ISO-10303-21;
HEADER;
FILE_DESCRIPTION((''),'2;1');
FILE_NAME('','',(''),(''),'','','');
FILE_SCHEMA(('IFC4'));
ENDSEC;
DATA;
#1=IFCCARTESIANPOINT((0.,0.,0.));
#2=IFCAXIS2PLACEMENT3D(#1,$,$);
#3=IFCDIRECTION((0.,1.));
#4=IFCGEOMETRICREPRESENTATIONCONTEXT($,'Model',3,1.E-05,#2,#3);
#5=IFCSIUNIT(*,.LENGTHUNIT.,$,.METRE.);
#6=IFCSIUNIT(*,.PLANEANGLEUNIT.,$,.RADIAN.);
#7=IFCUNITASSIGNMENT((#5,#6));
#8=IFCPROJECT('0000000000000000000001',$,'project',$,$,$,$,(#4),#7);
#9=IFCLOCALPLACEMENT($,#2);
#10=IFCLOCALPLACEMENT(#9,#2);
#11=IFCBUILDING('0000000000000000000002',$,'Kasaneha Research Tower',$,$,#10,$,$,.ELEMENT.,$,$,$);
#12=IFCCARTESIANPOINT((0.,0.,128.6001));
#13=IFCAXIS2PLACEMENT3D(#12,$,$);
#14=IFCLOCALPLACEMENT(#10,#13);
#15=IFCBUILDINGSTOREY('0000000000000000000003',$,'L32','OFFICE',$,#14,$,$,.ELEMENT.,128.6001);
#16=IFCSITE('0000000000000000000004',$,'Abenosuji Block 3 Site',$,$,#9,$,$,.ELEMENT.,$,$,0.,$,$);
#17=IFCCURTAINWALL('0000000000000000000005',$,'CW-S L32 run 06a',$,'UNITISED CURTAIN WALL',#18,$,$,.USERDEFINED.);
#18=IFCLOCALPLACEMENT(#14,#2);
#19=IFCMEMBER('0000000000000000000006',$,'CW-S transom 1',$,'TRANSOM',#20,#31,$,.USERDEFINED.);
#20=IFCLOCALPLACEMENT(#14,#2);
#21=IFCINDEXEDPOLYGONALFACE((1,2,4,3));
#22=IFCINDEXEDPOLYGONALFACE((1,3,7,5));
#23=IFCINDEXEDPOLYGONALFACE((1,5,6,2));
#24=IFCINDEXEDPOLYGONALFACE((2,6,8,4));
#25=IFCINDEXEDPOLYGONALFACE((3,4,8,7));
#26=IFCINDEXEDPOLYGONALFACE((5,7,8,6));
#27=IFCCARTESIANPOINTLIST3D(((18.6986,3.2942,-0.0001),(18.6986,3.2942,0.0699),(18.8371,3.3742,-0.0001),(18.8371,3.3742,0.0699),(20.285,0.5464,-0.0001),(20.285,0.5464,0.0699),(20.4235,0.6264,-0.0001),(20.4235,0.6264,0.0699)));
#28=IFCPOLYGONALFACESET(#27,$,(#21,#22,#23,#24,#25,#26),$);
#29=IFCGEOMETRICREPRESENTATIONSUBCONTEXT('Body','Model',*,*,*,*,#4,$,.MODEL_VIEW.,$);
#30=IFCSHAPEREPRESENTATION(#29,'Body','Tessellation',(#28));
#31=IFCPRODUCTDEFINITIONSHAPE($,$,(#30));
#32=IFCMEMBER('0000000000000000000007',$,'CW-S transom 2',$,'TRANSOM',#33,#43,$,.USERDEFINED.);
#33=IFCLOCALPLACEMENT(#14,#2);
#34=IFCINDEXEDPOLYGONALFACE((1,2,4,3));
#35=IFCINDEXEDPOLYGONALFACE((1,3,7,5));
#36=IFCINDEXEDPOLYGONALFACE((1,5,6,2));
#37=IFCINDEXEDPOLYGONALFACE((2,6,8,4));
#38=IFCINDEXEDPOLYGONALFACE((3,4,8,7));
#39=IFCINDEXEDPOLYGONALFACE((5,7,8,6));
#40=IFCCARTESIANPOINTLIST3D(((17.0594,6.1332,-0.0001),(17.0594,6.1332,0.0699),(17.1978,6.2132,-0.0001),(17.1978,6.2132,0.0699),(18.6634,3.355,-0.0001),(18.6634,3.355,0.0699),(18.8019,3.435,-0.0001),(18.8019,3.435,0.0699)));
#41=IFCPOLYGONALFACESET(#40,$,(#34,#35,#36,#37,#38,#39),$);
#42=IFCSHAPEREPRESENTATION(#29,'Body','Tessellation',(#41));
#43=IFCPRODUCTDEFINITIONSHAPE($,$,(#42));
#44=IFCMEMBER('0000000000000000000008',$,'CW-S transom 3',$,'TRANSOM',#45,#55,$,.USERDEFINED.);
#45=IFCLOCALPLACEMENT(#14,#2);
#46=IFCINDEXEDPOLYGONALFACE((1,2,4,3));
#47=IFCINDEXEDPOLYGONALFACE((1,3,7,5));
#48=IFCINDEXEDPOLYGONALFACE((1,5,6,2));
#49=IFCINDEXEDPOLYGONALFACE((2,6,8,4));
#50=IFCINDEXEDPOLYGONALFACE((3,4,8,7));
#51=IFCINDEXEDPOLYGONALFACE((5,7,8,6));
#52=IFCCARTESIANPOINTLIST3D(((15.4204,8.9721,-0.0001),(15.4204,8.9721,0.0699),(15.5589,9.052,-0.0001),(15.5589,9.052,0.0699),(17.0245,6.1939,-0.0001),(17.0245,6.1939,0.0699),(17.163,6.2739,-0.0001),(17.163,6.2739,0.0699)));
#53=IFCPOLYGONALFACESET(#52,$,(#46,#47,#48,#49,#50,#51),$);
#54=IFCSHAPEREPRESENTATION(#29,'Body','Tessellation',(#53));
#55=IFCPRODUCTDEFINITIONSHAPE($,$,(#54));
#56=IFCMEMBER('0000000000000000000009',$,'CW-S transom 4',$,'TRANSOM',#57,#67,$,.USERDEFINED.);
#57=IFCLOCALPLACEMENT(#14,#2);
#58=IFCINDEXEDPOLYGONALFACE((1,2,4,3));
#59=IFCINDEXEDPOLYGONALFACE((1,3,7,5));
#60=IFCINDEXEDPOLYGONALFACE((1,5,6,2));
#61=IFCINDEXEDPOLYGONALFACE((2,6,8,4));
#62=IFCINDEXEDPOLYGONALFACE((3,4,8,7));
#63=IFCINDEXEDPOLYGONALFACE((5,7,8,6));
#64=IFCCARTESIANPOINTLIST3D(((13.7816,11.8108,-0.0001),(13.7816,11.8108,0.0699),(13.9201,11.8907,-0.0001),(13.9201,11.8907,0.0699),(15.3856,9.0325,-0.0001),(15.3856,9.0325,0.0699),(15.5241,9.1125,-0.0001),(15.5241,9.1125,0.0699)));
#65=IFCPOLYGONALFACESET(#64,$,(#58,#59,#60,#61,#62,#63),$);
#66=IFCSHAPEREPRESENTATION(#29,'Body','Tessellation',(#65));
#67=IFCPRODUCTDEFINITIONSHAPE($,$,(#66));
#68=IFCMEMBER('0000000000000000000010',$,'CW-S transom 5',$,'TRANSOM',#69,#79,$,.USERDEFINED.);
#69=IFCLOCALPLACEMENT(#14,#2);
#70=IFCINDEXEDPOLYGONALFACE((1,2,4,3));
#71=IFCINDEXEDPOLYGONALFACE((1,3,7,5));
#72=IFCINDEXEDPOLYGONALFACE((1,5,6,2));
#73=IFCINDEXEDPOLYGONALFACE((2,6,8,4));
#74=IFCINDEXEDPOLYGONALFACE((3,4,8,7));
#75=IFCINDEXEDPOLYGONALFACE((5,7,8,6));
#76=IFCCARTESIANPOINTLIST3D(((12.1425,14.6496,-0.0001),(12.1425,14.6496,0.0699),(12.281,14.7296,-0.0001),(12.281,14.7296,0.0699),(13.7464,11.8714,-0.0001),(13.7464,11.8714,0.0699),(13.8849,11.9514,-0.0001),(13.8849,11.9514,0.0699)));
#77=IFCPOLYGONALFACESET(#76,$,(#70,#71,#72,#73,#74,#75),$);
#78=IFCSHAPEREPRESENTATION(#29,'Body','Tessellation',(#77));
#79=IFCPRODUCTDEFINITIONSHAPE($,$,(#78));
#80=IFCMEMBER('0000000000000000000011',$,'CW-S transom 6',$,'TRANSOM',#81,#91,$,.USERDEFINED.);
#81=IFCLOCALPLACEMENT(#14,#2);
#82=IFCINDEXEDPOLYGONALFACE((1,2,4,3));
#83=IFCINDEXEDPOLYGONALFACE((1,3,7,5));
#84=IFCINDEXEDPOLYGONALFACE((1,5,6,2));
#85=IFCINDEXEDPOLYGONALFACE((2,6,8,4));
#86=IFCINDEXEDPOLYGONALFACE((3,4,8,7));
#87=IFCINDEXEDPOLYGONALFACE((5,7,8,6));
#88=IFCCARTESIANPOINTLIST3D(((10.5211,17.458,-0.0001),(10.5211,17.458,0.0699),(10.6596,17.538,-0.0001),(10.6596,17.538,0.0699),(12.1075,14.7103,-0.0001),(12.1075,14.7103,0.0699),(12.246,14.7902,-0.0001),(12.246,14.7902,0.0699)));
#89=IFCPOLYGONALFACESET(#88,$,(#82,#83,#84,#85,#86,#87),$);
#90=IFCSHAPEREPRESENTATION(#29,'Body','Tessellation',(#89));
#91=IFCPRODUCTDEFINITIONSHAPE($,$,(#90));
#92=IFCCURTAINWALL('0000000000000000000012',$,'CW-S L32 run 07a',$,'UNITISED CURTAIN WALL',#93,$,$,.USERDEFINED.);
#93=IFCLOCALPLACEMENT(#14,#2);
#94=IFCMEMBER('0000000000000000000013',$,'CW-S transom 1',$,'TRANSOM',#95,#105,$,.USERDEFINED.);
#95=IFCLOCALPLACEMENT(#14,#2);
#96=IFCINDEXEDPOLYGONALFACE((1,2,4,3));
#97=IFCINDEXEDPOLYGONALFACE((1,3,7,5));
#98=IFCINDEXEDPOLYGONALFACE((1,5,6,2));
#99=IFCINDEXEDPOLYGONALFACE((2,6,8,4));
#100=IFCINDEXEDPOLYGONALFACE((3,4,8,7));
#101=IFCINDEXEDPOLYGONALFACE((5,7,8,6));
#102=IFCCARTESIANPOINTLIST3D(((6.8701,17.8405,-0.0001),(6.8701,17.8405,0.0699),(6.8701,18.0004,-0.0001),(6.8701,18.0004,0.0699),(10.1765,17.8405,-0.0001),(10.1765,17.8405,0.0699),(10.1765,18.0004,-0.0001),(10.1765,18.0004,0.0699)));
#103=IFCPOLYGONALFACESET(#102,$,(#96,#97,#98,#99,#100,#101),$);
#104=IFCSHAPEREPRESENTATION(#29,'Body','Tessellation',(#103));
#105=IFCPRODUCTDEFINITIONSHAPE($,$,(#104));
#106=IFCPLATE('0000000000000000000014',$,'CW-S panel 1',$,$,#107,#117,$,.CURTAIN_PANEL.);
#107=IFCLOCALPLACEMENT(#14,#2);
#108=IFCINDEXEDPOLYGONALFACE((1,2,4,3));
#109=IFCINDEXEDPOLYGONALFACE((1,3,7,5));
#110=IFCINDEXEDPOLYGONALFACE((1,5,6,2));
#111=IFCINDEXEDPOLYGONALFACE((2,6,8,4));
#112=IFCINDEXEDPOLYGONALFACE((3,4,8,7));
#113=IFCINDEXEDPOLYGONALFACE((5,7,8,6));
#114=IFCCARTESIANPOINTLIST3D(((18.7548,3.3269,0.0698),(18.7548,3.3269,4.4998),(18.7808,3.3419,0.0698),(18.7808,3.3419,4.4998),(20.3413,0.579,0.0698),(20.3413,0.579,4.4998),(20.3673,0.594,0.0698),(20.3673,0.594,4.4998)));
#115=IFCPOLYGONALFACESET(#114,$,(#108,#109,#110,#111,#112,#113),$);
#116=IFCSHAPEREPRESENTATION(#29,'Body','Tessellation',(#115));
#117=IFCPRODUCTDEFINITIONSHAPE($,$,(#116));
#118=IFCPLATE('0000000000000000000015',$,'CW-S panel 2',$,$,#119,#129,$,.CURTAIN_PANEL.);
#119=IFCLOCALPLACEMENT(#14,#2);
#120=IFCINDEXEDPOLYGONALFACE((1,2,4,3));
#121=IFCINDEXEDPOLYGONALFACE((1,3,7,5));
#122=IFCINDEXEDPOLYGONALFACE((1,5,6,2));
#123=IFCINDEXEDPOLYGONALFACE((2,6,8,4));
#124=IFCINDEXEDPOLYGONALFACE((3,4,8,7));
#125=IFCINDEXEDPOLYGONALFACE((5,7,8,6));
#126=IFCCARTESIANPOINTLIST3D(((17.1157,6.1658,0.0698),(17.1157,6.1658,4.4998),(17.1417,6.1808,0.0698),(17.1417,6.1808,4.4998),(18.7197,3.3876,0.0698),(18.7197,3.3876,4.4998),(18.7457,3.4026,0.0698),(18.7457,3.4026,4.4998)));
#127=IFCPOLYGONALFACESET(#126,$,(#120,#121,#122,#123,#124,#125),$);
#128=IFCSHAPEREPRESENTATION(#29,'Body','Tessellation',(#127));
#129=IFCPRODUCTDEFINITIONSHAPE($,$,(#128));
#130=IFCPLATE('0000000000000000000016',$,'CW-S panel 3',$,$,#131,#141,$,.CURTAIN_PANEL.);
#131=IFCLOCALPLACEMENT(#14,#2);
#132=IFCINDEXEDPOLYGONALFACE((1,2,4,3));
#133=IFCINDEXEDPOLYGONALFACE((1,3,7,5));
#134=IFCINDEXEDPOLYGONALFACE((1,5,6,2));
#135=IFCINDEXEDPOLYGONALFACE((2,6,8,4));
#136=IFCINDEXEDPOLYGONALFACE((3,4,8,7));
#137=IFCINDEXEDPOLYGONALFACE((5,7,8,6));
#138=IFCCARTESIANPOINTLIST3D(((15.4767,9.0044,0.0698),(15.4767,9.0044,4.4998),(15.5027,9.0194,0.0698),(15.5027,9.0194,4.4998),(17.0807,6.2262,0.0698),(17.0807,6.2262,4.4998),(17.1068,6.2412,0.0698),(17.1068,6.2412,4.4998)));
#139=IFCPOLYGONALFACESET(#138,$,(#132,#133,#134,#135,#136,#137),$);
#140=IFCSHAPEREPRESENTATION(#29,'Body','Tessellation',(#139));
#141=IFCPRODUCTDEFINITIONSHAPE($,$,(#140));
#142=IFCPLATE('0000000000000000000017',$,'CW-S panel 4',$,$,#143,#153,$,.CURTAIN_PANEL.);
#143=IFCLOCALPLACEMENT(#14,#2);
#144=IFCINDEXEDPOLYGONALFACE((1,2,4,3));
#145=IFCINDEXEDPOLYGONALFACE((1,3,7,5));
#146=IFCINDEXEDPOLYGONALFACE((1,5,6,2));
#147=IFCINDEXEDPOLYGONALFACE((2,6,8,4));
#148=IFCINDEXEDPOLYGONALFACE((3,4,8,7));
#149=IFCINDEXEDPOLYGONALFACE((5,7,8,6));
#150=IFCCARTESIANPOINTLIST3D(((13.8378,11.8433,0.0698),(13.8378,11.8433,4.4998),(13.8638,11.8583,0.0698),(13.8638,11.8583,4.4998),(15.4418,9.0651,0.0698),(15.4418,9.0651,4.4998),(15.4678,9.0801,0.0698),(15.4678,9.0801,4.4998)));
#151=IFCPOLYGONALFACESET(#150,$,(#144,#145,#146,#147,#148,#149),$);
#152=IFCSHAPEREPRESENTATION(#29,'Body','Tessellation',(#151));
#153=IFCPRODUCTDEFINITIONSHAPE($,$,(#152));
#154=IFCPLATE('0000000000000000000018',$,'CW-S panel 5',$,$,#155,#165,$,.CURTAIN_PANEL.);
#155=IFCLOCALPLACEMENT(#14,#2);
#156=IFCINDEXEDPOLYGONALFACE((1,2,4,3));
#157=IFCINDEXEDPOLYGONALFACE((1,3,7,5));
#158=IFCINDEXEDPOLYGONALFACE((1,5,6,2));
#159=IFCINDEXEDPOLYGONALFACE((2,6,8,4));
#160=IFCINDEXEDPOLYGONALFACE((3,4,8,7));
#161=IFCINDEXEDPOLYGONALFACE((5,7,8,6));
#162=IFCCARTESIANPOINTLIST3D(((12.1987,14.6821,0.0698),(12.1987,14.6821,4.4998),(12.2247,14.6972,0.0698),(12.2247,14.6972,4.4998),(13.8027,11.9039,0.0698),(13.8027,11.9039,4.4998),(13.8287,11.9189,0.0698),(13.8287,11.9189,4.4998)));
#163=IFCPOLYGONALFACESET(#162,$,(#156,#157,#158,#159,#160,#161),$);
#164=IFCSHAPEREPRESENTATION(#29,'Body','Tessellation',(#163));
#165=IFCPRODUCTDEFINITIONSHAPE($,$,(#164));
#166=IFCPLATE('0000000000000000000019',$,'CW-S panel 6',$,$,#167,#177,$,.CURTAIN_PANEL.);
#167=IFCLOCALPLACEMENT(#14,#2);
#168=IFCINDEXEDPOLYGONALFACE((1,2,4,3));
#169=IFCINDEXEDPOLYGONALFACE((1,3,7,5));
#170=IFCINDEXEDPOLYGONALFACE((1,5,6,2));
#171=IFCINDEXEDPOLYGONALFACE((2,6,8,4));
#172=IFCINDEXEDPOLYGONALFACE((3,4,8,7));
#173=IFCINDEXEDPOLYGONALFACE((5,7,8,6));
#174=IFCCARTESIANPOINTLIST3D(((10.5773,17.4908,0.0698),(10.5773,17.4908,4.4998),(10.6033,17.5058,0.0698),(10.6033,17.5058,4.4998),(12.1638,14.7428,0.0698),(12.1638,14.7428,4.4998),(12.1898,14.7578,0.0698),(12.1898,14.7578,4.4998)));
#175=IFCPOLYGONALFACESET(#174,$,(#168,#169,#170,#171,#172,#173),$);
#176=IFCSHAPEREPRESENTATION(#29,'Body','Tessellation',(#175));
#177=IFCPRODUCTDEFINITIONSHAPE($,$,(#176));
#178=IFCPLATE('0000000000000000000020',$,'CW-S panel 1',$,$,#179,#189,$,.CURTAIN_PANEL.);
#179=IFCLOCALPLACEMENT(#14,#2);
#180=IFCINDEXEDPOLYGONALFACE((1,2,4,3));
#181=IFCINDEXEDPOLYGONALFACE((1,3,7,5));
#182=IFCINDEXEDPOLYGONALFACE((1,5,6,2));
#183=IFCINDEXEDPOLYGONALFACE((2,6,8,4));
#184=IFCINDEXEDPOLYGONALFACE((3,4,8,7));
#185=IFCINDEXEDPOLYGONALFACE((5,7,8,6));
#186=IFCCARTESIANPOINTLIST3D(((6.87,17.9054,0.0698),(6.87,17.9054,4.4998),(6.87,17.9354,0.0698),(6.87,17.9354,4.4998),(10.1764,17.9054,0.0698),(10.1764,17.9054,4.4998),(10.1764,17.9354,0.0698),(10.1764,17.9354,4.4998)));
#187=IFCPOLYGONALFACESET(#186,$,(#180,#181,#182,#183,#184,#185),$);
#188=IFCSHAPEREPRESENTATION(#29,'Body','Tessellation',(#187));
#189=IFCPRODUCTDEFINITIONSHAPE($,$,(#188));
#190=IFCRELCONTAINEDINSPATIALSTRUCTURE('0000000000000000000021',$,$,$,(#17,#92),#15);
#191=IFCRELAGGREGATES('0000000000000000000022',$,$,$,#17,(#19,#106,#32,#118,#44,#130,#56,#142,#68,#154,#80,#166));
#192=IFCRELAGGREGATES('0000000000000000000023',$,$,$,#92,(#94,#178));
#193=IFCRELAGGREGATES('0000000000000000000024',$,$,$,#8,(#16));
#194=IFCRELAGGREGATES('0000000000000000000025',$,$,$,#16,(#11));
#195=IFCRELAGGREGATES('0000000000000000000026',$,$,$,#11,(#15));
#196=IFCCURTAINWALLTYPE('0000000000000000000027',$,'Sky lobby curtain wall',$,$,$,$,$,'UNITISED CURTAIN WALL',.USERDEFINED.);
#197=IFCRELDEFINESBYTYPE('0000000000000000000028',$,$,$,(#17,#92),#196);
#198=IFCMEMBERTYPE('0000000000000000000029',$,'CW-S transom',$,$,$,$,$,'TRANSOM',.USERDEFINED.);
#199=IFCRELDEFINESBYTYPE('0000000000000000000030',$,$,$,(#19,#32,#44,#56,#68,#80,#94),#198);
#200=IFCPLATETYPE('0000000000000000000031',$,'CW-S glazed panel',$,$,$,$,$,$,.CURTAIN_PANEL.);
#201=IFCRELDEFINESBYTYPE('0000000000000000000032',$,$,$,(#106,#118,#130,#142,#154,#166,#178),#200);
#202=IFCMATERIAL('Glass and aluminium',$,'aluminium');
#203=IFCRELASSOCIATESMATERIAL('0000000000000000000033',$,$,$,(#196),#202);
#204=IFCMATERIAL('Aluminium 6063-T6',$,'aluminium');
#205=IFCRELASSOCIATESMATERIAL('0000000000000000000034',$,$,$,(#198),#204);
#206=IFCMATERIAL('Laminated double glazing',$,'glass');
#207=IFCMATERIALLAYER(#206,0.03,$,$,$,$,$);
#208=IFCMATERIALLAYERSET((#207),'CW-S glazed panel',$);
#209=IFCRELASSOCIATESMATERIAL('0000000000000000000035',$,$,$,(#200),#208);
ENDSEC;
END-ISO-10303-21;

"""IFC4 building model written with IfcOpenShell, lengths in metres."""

from ifc_helpers import new_model, si_unit, direction, frame, origin, origin_2d, place, context, subcontext, project, spatial, rectangle, extrude, material, layer, layer_set, material_profile, profile_set, type_object, element, aggregate, save


model = new_model("IFC4")

# Units and contexts
model_context = context("Model", 3, precision=1e-05, world=origin(), true_north=direction((0.0, 1.0)))
body_context = subcontext(model_context, "Body", "Model", "MODEL_VIEW")
ifc_project = project(units=[si_unit("LENGTHUNIT", "METRE"), si_unit("PLANEANGLEUNIT", "RADIAN")], contexts=[model_context])

# Site, building, storey
site_placement = place(None, origin())
site = spatial("IfcSite", under=ifc_project, at=site_placement, Name="Abenosuji Block 3 Site", CompositionType="ELEMENT", RefElevation=0.0)
building_placement = place(site_placement, origin())
building = spatial("IfcBuilding", under=site, at=building_placement, Name="Kasaneha Research Tower", CompositionType="ELEMENT")
storey_placement = place(building_placement, frame((0.0, 0.0, 128.6001)))
storey = spatial("IfcBuildingStorey", under=building, at=storey_placement, Name="L32", Description="OFFICE", CompositionType="ELEMENT", Elevation=128.6001)

# Curtain wall, members
ifc_material_1 = material(Name="Glass and aluminium", Category="aluminium")
curtain_wall_type = type_object("IfcCurtainWallType", Name="Sky lobby curtain wall", ElementType="UNITISED CURTAIN WALL", PredefinedType="USERDEFINED", material=ifc_material_1)
curtain_wall_1_placement = place(storey_placement, origin())
curtain_wall_1 = element("IfcCurtainWall", 1, at=curtain_wall_1_placement, inside=storey, type_object=curtain_wall_type, Name="CW-S L32 run 06a", ObjectType="UNITISED CURTAIN WALL", PredefinedType="USERDEFINED")
ifc_material_2 = material(Name="Aluminium 6063-T6", Category="aluminium")
ifc_material_profile = material_profile(ifc_material_2, rectangle(XDim=0.1599, YDim=0.0701, at=origin_2d()), Name="CW-S transom 160x70")
ifc_profile_set = profile_set([ifc_material_profile], Name="Aluminium 6063-T6")
member_type = type_object("IfcMemberType", Name="CW-S transom", ElementType="TRANSOM", PredefinedType="USERDEFINED", material=ifc_profile_set)
member_1_placement = place(storey_placement, frame((20.3542, 0.5864, 0.0349), z_axis=(-0.499996, 0.866028, 0.0), x_axis=(-0.866028, -0.499996, 0.0)))
member_1 = element("IfcMember", 2, at=member_1_placement, type_object=member_type, Name="CW-S transom 1", ObjectType="TRANSOM", PredefinedType="USERDEFINED", context=body_context, shape_type="SweptSolid", body=[
    extrude(rectangle(XDim=0.1599, YDim=0.0701, at=origin_2d()), origin(), (0.0, 0.0, 1.0), 3.1729),
])
member_2_placement = place(storey_placement, frame((18.7327, 3.395, 0.0349), z_axis=(-0.500019, 0.866014, 0.0), x_axis=(-0.866014, -0.500019, 0.0)))
member_2 = element("IfcMember", 3, at=member_2_placement, type_object=member_type, Name="CW-S transom 2", ObjectType="TRANSOM", PredefinedType="USERDEFINED", context=body_context, shape_type="SweptSolid", body=[
    extrude(rectangle(XDim=0.1599, YDim=0.0701, at=origin_2d()), origin(), (0.0, 0.0, 1.0), 3.208),
])
member_3_placement = place(storey_placement, frame((17.0938, 6.2339, 0.0349), z_axis=(-0.500019, 0.866014, 0.0), x_axis=(-0.866014, -0.500019, 0.0)))
member_3 = element("IfcMember", 4, at=member_3_placement, type_object=member_type, Name="CW-S transom 3", ObjectType="TRANSOM", PredefinedType="USERDEFINED", context=body_context, shape_type="SweptSolid", body=[
    extrude(rectangle(XDim=0.1599, YDim=0.0701, at=origin_2d()), origin(), (0.0, 0.0, 1.0), 3.208),
])
member_4_placement = place(storey_placement, frame((15.4548, 9.0725, 0.0349), z_axis=(-0.499986, 0.866034, 0.0), x_axis=(-0.866034, -0.499986, 0.0)))
member_4 = element("IfcMember", 5, at=member_4_placement, type_object=member_type, Name="CW-S transom 4", ObjectType="TRANSOM", PredefinedType="USERDEFINED", context=body_context, shape_type="SweptSolid", body=[
    extrude(rectangle(XDim=0.1599, YDim=0.0701, at=origin_2d()), origin(), (0.0, 0.0, 1.0), 3.208),
])
member_5_placement = place(storey_placement, frame((13.8157, 11.9114, 0.0349), z_axis=(-0.499986, 0.866034, 0.0), x_axis=(-0.866034, -0.499986, 0.0)))
member_5 = element("IfcMember", 6, at=member_5_placement, type_object=member_type, Name="CW-S transom 5", ObjectType="TRANSOM", PredefinedType="USERDEFINED", context=body_context, shape_type="SweptSolid", body=[
    extrude(rectangle(XDim=0.1599, YDim=0.0701, at=origin_2d()), origin(), (0.0, 0.0, 1.0), 3.208),
])
member_6_placement = place(storey_placement, frame((12.1768, 14.7502, 0.0349), z_axis=(-0.499996, 0.866028, 0.0), x_axis=(-0.866028, -0.499996, 0.0)))
member_6 = element("IfcMember", 7, at=member_6_placement, type_object=member_type, Name="CW-S transom 6", ObjectType="TRANSOM", PredefinedType="USERDEFINED", context=body_context, shape_type="SweptSolid", body=[
    extrude(rectangle(XDim=0.1599, YDim=0.0701, at=origin_2d()), origin(), (0.0, 0.0, 1.0), 3.1729),
])

# Curtain wall, member
curtain_wall_2_placement = place(storey_placement, origin())
curtain_wall_2 = element("IfcCurtainWall", 8, at=curtain_wall_2_placement, inside=storey, type_object=curtain_wall_type, Name="CW-S L32 run 07a", ObjectType="UNITISED CURTAIN WALL", PredefinedType="USERDEFINED")
member_7_placement = place(storey_placement, frame((10.1765, 17.9204, 0.0349), z_axis=(-1.0, 0.0, 0.0), x_axis=(0.0, -1.0, 0.0)))
member_7 = element("IfcMember", 9, at=member_7_placement, type_object=member_type, Name="CW-S transom 1", ObjectType="TRANSOM", PredefinedType="USERDEFINED", context=body_context, shape_type="SweptSolid", body=[
    extrude(rectangle(XDim=0.1599, YDim=0.0701, at=origin_2d()), origin(), (0.0, 0.0, 1.0), 3.3064),
])

# Plates
ifc_material_3 = material(Name="Laminated double glazing", Category="glass")
ifc_layer_1 = layer(ifc_material_3, 0.03)
ifc_layer_set_1 = layer_set([ifc_layer_1], Name="CW-S glazed panel")
plate_type = type_object("IfcPlateType", Name="CW-S glazed panel", PredefinedType="CURTAIN_PANEL", material=ifc_layer_set_1)
plate_1_placement = place(storey_placement, frame((19.561, 1.9604, 0.0698), z_axis=(0.0, 0.0, 1.0), x_axis=(-0.5, 0.866025, 0.0)))
plate_1 = element("IfcPlate", 10, at=plate_1_placement, type_object=plate_type, Name="CW-S panel 1", PredefinedType="CURTAIN_PANEL", context=body_context, shape_type="SweptSolid", body=[
    extrude(rectangle(XDim=3.1731, YDim=0.03, at=origin_2d()), origin(), (0.0, 0.0, 1.0), 4.4299),
])
plate_2_placement = place(storey_placement, frame((17.9307, 4.7842, 0.0698), z_axis=(0.0, 0.0, 1.0), x_axis=(-0.5, 0.866025, 0.0)))
plate_2 = element("IfcPlate", 11, at=plate_2_placement, type_object=plate_type, Name="CW-S panel 2", PredefinedType="CURTAIN_PANEL", context=body_context, shape_type="SweptSolid", body=[
    extrude(rectangle(XDim=3.208, YDim=0.03, at=origin_2d()), origin(), (0.0, 0.0, 1.0), 4.4299),
])
plate_3_placement = place(storey_placement, frame((16.2917, 7.6228, 0.0698), z_axis=(0.0, 0.0, 1.0), x_axis=(-0.5, 0.866025, 0.0)))
plate_3 = element("IfcPlate", 12, at=plate_3_placement, type_object=plate_type, Name="CW-S panel 3", PredefinedType="CURTAIN_PANEL", context=body_context, shape_type="SweptSolid", body=[
    extrude(rectangle(XDim=3.208, YDim=0.03, at=origin_2d()), origin(), (0.0, 0.0, 1.0), 4.4299),
])
plate_4_placement = place(storey_placement, frame((14.6528, 10.4617, 0.0698), z_axis=(0.0, 0.0, 1.0), x_axis=(-0.5, 0.866025, 0.0)))
plate_4 = element("IfcPlate", 13, at=plate_4_placement, type_object=plate_type, Name="CW-S panel 4", PredefinedType="CURTAIN_PANEL", context=body_context, shape_type="SweptSolid", body=[
    extrude(rectangle(XDim=3.208, YDim=0.03, at=origin_2d()), origin(), (0.0, 0.0, 1.0), 4.4299),
])
plate_5_placement = place(storey_placement, frame((13.0137, 13.3005, 0.0698), z_axis=(0.0, 0.0, 1.0), x_axis=(-0.5, 0.866025, 0.0)))
plate_5 = element("IfcPlate", 14, at=plate_5_placement, type_object=plate_type, Name="CW-S panel 5", PredefinedType="CURTAIN_PANEL", context=body_context, shape_type="SweptSolid", body=[
    extrude(rectangle(XDim=3.208, YDim=0.03, at=origin_2d()), origin(), (0.0, 0.0, 1.0), 4.4299),
])
plate_6_placement = place(storey_placement, frame((11.3835, 16.1243, 0.0698), z_axis=(0.0, 0.0, 1.0), x_axis=(-0.5, 0.866025, 0.0)))
plate_6 = element("IfcPlate", 15, at=plate_6_placement, type_object=plate_type, Name="CW-S panel 6", PredefinedType="CURTAIN_PANEL", context=body_context, shape_type="SweptSolid", body=[
    extrude(rectangle(XDim=3.1731, YDim=0.03, at=origin_2d()), origin(), (0.0, 0.0, 1.0), 4.4299),
])
aggregate(curtain_wall_1, [member_1, plate_1, member_2, plate_2, member_3, plate_3, member_4, plate_4, member_5, plate_5, member_6, plate_6])
plate_7_placement = place(storey_placement, frame((8.5232, 17.9204, 0.0698), z_axis=(0.0, 0.0, 1.0), x_axis=(-1.0, 0.0, 0.0)))
plate_7 = element("IfcPlate", 16, at=plate_7_placement, type_object=plate_type, Name="CW-S panel 1", PredefinedType="CURTAIN_PANEL", context=body_context, shape_type="SweptSolid", body=[
    extrude(rectangle(XDim=3.3064, YDim=0.03, at=origin_2d()), origin(), (0.0, 0.0, 1.0), 4.4299),
])
aggregate(curtain_wall_2, [member_7, plate_7])

save(model, "model.ifc")
